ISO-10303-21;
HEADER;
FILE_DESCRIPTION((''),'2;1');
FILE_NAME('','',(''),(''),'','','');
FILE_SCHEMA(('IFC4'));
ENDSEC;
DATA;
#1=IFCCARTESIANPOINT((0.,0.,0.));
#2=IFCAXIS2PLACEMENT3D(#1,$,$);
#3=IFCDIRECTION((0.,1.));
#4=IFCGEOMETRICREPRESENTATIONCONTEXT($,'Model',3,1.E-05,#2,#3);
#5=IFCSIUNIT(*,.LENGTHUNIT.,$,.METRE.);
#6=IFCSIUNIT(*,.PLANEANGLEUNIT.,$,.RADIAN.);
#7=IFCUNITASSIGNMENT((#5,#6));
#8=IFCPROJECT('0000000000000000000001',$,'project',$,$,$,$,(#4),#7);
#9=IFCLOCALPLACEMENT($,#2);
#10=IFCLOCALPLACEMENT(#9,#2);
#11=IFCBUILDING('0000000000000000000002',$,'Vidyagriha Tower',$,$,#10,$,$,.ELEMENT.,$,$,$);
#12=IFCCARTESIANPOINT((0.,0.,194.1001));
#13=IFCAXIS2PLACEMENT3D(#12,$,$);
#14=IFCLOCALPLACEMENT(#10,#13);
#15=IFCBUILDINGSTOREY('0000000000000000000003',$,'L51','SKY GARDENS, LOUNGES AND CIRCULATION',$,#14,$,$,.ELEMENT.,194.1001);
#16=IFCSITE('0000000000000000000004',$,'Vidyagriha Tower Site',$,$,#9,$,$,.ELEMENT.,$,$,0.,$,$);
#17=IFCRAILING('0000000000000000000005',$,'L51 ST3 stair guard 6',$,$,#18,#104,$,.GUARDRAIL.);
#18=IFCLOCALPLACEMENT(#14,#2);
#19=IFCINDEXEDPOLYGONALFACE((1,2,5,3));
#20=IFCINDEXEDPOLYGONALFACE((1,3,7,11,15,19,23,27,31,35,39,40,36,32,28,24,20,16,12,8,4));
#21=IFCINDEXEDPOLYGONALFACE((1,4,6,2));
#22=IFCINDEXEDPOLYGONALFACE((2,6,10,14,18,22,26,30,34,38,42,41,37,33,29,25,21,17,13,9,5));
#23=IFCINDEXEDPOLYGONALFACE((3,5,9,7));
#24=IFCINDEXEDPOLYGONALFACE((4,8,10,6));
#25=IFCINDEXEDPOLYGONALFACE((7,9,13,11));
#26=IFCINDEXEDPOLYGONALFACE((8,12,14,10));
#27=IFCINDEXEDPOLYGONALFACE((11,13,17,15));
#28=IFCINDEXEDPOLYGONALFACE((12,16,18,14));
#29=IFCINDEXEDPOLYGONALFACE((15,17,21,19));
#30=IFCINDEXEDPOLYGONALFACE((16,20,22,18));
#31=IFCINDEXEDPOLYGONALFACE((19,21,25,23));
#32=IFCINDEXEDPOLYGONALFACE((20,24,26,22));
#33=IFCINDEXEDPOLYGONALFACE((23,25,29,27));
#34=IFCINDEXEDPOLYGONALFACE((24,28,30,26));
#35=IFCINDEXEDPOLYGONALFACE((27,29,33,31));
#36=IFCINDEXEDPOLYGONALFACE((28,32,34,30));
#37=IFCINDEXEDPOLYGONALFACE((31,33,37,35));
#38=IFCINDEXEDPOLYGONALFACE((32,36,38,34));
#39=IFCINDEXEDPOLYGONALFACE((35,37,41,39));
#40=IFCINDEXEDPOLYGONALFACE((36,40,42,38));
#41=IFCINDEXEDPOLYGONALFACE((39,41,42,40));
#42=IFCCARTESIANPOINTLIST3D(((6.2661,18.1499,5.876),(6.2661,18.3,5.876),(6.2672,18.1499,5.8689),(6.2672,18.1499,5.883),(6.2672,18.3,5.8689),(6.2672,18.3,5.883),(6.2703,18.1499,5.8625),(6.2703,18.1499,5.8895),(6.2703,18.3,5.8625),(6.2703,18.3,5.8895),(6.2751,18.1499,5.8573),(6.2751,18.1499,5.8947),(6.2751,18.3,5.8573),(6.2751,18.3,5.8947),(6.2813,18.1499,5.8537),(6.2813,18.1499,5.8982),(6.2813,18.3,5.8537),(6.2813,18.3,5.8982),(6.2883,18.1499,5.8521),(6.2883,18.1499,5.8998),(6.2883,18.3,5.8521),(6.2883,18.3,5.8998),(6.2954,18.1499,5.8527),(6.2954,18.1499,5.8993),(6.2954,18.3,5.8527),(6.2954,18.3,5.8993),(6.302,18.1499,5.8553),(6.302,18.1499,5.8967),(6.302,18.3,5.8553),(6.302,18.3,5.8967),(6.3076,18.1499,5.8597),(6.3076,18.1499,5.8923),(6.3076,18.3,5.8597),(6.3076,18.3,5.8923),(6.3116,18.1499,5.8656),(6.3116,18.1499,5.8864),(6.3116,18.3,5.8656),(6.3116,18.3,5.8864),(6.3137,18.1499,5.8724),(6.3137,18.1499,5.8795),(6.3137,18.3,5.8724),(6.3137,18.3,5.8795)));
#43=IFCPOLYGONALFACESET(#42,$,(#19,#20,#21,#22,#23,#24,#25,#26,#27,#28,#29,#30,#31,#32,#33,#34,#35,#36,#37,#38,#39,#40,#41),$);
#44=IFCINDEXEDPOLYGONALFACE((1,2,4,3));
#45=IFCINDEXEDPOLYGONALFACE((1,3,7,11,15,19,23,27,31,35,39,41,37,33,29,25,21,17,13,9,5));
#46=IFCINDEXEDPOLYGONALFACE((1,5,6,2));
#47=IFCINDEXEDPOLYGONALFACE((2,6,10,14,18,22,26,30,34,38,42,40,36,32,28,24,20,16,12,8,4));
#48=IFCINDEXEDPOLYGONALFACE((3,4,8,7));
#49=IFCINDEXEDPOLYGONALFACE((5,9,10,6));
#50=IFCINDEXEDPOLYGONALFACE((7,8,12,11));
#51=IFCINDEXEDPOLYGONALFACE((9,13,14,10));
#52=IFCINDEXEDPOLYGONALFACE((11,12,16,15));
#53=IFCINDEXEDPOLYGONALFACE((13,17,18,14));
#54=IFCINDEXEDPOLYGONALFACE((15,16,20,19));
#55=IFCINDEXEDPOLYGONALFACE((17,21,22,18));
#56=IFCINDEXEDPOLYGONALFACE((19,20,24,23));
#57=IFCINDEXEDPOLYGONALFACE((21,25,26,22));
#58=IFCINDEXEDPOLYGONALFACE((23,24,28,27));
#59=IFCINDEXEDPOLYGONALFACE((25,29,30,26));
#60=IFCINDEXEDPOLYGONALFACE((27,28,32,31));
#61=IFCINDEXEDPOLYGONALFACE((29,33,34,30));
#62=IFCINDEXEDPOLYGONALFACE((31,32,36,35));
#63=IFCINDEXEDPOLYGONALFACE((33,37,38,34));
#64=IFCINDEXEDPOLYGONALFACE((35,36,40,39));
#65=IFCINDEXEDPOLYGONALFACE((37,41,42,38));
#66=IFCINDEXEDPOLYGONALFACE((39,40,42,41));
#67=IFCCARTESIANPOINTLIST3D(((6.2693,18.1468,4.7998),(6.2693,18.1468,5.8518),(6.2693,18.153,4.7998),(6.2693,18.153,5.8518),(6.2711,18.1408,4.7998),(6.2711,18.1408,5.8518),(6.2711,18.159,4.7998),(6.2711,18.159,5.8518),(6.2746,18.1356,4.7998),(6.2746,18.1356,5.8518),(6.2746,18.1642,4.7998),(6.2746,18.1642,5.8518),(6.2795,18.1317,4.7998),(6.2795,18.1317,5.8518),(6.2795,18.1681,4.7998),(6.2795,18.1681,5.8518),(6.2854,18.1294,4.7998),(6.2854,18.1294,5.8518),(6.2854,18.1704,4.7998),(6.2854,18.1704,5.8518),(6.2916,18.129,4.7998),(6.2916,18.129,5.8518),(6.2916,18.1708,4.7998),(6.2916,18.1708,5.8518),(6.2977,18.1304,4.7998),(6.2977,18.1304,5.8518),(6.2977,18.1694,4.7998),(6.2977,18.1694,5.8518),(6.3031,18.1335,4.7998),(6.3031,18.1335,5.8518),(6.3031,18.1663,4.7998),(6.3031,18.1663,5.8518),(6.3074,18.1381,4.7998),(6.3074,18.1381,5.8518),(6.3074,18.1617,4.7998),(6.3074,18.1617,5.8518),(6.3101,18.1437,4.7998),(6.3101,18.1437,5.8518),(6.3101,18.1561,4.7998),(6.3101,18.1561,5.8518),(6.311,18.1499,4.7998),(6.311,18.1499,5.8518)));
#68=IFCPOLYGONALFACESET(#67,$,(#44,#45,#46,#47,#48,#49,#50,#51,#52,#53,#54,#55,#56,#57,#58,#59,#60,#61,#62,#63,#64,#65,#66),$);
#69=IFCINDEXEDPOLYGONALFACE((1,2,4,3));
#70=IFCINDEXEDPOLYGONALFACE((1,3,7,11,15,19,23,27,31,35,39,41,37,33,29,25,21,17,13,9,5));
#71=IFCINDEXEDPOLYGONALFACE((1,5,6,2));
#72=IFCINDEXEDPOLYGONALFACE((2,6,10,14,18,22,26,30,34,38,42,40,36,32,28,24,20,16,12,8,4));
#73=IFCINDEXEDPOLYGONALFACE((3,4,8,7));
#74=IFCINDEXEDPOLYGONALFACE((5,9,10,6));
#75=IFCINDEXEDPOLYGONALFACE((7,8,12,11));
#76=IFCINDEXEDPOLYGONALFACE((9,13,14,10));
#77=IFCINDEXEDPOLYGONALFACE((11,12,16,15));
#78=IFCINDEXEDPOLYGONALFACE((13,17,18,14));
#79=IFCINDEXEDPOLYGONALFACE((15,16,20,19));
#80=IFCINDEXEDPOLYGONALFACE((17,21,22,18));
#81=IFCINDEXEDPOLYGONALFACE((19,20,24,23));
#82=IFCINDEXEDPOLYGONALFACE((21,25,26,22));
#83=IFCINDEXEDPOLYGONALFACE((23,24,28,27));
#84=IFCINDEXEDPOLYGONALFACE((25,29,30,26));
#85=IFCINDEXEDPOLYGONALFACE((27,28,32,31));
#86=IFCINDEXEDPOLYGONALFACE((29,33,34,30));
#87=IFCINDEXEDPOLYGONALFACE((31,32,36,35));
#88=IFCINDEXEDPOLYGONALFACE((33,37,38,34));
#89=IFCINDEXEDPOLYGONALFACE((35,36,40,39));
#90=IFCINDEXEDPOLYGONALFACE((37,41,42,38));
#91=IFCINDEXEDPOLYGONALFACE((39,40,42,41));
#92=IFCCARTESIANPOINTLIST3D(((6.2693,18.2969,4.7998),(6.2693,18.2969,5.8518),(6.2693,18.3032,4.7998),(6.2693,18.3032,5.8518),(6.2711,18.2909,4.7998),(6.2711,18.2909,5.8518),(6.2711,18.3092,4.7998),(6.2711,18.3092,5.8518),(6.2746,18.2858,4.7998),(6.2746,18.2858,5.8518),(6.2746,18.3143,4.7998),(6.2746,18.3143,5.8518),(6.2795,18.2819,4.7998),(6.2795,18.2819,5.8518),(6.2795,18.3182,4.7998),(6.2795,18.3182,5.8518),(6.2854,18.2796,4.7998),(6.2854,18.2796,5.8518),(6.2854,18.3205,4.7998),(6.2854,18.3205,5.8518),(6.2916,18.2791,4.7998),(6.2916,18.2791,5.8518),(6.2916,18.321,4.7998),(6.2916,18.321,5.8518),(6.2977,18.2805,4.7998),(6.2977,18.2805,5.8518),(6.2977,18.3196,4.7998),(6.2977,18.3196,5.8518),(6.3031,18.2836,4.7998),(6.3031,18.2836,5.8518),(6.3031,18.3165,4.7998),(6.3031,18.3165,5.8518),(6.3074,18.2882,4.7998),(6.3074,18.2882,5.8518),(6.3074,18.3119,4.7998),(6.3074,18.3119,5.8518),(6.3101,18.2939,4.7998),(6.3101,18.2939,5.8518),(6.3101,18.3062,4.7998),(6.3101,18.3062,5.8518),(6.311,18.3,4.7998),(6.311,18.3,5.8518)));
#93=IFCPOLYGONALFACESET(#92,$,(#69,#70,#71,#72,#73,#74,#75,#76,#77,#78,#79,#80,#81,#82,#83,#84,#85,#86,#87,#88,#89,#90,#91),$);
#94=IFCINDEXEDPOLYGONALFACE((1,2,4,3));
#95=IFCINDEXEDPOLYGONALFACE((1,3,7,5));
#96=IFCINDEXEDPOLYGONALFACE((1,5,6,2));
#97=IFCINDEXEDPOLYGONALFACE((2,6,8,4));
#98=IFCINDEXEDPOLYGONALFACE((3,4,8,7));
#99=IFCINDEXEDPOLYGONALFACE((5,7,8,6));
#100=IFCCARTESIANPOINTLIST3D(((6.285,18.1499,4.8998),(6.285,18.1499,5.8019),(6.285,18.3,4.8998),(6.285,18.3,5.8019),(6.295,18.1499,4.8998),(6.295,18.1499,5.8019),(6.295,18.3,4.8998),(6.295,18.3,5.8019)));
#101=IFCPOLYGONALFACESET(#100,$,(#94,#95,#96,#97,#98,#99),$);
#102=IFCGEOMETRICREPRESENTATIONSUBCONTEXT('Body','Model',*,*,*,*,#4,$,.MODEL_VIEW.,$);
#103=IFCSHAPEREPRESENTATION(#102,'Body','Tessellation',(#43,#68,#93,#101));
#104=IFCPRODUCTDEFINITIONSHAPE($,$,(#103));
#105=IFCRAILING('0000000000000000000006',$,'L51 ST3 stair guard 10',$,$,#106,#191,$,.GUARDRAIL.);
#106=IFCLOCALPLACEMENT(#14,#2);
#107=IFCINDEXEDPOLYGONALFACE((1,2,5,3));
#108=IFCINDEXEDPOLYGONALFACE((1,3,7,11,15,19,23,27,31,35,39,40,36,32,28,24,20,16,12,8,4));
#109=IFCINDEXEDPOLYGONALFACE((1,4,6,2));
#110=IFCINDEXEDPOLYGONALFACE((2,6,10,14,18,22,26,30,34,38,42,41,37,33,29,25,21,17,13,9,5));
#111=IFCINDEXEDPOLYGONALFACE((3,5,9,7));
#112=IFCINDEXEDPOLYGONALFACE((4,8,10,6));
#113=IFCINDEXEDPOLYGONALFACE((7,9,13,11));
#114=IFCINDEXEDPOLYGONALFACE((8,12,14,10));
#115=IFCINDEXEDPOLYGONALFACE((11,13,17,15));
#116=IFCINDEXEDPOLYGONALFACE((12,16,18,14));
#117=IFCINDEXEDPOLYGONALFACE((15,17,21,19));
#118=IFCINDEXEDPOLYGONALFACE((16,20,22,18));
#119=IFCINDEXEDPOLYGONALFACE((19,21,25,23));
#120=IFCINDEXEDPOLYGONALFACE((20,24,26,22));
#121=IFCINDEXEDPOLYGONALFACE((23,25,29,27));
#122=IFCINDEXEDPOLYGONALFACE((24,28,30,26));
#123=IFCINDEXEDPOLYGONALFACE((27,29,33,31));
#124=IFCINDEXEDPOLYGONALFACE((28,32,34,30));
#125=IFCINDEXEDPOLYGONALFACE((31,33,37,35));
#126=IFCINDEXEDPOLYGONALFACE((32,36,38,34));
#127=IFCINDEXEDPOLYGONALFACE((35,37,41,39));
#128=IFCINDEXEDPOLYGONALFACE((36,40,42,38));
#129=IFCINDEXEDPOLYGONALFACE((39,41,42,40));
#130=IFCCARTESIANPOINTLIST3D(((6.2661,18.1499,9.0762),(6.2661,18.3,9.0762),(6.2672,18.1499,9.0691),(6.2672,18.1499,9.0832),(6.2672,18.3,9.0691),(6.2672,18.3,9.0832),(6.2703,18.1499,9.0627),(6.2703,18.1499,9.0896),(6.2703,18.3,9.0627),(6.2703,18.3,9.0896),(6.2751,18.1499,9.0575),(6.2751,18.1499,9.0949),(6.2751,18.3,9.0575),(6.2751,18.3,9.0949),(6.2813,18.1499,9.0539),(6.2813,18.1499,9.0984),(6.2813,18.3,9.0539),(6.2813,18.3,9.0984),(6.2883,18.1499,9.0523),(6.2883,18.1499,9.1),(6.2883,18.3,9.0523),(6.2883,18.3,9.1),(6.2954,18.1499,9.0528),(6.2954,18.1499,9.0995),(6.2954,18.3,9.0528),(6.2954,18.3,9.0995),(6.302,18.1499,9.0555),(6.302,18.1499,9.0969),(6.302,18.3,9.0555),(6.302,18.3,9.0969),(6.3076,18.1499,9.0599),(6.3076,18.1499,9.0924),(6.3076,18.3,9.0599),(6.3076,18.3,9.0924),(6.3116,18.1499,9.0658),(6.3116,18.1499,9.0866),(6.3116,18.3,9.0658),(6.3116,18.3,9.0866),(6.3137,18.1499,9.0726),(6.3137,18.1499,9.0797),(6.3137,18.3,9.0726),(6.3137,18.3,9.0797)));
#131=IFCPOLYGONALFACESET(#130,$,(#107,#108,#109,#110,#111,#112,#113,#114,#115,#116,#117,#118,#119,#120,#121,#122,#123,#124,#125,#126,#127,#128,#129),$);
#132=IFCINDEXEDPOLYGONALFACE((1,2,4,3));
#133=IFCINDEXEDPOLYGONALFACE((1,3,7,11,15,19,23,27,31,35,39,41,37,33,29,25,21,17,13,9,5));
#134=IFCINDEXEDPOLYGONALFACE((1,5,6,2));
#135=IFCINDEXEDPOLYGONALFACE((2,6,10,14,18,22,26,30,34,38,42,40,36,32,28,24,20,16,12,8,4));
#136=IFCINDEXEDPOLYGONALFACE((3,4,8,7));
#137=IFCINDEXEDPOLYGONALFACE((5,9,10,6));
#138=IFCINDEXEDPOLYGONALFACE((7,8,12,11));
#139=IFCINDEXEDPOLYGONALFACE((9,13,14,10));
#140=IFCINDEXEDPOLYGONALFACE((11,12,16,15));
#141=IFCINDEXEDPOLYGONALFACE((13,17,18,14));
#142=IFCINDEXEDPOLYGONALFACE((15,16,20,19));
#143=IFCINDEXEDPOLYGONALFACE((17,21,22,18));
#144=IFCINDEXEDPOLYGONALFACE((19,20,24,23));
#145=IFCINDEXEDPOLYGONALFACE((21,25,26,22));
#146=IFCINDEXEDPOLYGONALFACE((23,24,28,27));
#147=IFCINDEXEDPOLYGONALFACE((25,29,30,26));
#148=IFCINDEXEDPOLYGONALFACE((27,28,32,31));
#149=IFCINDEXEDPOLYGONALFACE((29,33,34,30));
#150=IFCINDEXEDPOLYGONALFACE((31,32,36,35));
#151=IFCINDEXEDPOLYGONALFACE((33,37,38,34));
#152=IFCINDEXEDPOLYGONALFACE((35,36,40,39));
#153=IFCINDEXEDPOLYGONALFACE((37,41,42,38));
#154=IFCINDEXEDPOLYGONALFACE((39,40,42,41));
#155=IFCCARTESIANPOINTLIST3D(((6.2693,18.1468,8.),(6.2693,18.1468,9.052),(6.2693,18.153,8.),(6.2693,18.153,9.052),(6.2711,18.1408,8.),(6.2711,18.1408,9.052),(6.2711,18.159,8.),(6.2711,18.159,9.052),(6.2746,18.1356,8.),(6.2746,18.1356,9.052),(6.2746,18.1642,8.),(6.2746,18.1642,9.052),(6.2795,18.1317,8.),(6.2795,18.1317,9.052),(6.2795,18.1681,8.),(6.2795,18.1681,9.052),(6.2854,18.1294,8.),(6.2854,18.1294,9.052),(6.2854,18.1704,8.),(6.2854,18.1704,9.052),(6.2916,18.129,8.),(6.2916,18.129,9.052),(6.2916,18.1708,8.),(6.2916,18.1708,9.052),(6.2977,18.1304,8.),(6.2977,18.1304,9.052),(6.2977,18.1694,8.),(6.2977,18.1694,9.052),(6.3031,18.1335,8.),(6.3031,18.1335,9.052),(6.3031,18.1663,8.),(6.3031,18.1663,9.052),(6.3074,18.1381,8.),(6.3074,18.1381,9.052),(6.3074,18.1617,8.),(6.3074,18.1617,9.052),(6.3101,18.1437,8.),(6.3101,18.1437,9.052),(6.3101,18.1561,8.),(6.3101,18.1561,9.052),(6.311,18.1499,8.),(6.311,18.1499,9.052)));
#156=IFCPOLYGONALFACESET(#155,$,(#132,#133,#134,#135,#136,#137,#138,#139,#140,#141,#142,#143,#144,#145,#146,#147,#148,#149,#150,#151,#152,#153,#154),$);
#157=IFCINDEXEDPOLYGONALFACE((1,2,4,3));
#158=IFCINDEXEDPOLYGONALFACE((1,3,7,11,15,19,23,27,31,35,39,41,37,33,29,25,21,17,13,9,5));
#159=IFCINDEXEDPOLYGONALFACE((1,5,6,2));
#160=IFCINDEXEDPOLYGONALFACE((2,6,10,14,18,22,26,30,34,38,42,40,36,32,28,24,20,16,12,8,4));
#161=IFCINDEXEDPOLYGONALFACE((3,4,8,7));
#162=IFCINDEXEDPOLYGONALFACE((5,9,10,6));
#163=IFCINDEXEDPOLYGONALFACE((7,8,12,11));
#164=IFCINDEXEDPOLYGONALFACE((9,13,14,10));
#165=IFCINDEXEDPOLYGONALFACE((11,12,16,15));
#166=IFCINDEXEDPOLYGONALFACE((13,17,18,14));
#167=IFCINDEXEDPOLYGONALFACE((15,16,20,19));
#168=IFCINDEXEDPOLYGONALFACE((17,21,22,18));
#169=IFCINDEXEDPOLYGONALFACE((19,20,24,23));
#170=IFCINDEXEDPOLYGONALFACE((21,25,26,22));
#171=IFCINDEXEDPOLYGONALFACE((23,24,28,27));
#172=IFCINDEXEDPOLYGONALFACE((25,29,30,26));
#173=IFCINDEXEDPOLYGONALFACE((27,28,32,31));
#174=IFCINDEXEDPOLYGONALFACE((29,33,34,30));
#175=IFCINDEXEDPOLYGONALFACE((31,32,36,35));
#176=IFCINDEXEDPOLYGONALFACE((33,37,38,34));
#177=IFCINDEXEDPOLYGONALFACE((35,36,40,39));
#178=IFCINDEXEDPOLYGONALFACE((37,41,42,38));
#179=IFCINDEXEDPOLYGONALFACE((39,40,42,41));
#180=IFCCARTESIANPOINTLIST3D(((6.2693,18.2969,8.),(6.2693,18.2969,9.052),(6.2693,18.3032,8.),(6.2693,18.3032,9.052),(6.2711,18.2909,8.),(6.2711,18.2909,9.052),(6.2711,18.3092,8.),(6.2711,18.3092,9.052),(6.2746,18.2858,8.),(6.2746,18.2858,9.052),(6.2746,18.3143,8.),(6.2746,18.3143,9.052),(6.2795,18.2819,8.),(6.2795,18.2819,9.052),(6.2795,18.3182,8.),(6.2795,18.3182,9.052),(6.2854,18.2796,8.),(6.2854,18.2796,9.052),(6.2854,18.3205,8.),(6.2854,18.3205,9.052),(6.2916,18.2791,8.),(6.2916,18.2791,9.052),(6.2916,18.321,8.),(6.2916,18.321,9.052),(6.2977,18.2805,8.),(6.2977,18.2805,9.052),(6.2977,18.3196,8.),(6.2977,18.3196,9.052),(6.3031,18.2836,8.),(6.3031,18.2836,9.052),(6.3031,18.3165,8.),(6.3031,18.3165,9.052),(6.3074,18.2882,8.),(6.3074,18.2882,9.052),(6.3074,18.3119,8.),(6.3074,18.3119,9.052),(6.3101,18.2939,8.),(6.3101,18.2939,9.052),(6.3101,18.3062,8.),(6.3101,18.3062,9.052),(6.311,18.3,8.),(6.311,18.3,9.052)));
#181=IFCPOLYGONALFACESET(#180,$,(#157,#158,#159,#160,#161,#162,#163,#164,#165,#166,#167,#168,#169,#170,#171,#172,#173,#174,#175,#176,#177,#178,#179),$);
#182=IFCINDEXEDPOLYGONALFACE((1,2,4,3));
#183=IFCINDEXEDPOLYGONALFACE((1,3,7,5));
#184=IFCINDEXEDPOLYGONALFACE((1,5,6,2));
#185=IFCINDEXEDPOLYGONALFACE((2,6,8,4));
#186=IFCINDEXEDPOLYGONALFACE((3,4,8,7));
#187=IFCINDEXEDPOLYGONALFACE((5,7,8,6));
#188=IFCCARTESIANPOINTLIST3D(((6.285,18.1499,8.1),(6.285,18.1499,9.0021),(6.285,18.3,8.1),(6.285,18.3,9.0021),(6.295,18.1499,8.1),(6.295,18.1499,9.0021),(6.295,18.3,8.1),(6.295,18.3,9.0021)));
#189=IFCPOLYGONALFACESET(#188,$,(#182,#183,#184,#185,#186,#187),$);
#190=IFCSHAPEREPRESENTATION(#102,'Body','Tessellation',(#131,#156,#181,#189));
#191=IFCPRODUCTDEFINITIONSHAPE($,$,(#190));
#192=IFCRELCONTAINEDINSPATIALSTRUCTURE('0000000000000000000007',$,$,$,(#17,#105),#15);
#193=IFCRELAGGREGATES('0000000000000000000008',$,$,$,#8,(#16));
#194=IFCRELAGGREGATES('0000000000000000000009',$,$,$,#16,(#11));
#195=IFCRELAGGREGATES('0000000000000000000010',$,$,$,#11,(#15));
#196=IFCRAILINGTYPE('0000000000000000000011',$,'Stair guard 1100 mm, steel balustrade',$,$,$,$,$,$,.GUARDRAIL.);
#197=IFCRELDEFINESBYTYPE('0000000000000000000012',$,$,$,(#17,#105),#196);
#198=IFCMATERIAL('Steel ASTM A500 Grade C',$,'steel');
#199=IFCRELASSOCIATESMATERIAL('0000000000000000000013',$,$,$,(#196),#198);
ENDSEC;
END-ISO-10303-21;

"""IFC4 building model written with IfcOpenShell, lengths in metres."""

from ifc_helpers import new_model, si_unit, direction, frame, origin, origin_2d, place, context, subcontext, project, spatial, rectangle, circle, extrude, material, type_object, element, save


model = new_model("IFC4")

# Units and contexts
model_context = context("Model", 3, precision=1e-05, world=origin(), true_north=direction((0.0, 1.0)))
body_context = subcontext(model_context, "Body", "Model", "MODEL_VIEW")
ifc_project = project(units=[si_unit("LENGTHUNIT", "METRE"), si_unit("PLANEANGLEUNIT", "RADIAN")], contexts=[model_context])

# Site, building, storey
site_placement = place(None, origin())
site = spatial("IfcSite", under=ifc_project, at=site_placement, Name="Vidyagriha Tower Site", CompositionType="ELEMENT", RefElevation=0.0)
building_placement = place(site_placement, origin())
building = spatial("IfcBuilding", under=site, at=building_placement, Name="Vidyagriha Tower", CompositionType="ELEMENT")
storey_placement = place(building_placement, frame((0.0, 0.0, 194.1001)))
storey = spatial("IfcBuildingStorey", under=building, at=storey_placement, Name="L51", Description="SKY GARDENS, LOUNGES AND CIRCULATION", CompositionType="ELEMENT", Elevation=194.1001)

# Railings
ifc_material_1 = material(Name="Steel ASTM A500 Grade C", Category="steel")
railing_type_1 = type_object("IfcRailingType", Name="Stair guard 1100 mm, steel balustrade", PredefinedType="GUARDRAIL", material=ifc_material_1)
for number, where, name in (
    (1, (6.29, 18.1499, 4.7998), "L51 ST3 stair guard 6"),
    (2, (6.29, 18.1499, 8.0), "L51 ST3 stair guard 10"),
):
    element("IfcRailing", number, at=place(storey_placement, frame(where)), inside=storey, type_object=railing_type_1, Name=name, PredefinedType="GUARDRAIL", context=body_context, shape_type="SweptSolid", body=[
        extrude(circle(Radius=0.0239, at=origin_2d()), frame((0.0, 0.0, 1.0762), z_axis=(0.0, 1.0, 0.0), x_axis=(-1.0, 0.0, 0.0)), (0.0, 0.0, 1.0), 0.1501),
        extrude(circle(Radius=0.021, at=origin_2d()), origin(), (0.0, 0.0, 1.0), 1.052),
        extrude(circle(Radius=0.021, at=origin_2d()), frame((0.0, 0.1501, 0.0)), (0.0, 0.0, 1.0), 1.052),
        extrude(rectangle(XDim=0.01, YDim=0.9021, at=origin_2d()), frame((0.0, 0.0, 0.551), z_axis=(0.0, 1.0, 0.0), x_axis=(-1.0, 0.0, 0.0)), (0.0, 0.0, 1.0), 0.1501),
    ])

save(model, "model.ifc")
